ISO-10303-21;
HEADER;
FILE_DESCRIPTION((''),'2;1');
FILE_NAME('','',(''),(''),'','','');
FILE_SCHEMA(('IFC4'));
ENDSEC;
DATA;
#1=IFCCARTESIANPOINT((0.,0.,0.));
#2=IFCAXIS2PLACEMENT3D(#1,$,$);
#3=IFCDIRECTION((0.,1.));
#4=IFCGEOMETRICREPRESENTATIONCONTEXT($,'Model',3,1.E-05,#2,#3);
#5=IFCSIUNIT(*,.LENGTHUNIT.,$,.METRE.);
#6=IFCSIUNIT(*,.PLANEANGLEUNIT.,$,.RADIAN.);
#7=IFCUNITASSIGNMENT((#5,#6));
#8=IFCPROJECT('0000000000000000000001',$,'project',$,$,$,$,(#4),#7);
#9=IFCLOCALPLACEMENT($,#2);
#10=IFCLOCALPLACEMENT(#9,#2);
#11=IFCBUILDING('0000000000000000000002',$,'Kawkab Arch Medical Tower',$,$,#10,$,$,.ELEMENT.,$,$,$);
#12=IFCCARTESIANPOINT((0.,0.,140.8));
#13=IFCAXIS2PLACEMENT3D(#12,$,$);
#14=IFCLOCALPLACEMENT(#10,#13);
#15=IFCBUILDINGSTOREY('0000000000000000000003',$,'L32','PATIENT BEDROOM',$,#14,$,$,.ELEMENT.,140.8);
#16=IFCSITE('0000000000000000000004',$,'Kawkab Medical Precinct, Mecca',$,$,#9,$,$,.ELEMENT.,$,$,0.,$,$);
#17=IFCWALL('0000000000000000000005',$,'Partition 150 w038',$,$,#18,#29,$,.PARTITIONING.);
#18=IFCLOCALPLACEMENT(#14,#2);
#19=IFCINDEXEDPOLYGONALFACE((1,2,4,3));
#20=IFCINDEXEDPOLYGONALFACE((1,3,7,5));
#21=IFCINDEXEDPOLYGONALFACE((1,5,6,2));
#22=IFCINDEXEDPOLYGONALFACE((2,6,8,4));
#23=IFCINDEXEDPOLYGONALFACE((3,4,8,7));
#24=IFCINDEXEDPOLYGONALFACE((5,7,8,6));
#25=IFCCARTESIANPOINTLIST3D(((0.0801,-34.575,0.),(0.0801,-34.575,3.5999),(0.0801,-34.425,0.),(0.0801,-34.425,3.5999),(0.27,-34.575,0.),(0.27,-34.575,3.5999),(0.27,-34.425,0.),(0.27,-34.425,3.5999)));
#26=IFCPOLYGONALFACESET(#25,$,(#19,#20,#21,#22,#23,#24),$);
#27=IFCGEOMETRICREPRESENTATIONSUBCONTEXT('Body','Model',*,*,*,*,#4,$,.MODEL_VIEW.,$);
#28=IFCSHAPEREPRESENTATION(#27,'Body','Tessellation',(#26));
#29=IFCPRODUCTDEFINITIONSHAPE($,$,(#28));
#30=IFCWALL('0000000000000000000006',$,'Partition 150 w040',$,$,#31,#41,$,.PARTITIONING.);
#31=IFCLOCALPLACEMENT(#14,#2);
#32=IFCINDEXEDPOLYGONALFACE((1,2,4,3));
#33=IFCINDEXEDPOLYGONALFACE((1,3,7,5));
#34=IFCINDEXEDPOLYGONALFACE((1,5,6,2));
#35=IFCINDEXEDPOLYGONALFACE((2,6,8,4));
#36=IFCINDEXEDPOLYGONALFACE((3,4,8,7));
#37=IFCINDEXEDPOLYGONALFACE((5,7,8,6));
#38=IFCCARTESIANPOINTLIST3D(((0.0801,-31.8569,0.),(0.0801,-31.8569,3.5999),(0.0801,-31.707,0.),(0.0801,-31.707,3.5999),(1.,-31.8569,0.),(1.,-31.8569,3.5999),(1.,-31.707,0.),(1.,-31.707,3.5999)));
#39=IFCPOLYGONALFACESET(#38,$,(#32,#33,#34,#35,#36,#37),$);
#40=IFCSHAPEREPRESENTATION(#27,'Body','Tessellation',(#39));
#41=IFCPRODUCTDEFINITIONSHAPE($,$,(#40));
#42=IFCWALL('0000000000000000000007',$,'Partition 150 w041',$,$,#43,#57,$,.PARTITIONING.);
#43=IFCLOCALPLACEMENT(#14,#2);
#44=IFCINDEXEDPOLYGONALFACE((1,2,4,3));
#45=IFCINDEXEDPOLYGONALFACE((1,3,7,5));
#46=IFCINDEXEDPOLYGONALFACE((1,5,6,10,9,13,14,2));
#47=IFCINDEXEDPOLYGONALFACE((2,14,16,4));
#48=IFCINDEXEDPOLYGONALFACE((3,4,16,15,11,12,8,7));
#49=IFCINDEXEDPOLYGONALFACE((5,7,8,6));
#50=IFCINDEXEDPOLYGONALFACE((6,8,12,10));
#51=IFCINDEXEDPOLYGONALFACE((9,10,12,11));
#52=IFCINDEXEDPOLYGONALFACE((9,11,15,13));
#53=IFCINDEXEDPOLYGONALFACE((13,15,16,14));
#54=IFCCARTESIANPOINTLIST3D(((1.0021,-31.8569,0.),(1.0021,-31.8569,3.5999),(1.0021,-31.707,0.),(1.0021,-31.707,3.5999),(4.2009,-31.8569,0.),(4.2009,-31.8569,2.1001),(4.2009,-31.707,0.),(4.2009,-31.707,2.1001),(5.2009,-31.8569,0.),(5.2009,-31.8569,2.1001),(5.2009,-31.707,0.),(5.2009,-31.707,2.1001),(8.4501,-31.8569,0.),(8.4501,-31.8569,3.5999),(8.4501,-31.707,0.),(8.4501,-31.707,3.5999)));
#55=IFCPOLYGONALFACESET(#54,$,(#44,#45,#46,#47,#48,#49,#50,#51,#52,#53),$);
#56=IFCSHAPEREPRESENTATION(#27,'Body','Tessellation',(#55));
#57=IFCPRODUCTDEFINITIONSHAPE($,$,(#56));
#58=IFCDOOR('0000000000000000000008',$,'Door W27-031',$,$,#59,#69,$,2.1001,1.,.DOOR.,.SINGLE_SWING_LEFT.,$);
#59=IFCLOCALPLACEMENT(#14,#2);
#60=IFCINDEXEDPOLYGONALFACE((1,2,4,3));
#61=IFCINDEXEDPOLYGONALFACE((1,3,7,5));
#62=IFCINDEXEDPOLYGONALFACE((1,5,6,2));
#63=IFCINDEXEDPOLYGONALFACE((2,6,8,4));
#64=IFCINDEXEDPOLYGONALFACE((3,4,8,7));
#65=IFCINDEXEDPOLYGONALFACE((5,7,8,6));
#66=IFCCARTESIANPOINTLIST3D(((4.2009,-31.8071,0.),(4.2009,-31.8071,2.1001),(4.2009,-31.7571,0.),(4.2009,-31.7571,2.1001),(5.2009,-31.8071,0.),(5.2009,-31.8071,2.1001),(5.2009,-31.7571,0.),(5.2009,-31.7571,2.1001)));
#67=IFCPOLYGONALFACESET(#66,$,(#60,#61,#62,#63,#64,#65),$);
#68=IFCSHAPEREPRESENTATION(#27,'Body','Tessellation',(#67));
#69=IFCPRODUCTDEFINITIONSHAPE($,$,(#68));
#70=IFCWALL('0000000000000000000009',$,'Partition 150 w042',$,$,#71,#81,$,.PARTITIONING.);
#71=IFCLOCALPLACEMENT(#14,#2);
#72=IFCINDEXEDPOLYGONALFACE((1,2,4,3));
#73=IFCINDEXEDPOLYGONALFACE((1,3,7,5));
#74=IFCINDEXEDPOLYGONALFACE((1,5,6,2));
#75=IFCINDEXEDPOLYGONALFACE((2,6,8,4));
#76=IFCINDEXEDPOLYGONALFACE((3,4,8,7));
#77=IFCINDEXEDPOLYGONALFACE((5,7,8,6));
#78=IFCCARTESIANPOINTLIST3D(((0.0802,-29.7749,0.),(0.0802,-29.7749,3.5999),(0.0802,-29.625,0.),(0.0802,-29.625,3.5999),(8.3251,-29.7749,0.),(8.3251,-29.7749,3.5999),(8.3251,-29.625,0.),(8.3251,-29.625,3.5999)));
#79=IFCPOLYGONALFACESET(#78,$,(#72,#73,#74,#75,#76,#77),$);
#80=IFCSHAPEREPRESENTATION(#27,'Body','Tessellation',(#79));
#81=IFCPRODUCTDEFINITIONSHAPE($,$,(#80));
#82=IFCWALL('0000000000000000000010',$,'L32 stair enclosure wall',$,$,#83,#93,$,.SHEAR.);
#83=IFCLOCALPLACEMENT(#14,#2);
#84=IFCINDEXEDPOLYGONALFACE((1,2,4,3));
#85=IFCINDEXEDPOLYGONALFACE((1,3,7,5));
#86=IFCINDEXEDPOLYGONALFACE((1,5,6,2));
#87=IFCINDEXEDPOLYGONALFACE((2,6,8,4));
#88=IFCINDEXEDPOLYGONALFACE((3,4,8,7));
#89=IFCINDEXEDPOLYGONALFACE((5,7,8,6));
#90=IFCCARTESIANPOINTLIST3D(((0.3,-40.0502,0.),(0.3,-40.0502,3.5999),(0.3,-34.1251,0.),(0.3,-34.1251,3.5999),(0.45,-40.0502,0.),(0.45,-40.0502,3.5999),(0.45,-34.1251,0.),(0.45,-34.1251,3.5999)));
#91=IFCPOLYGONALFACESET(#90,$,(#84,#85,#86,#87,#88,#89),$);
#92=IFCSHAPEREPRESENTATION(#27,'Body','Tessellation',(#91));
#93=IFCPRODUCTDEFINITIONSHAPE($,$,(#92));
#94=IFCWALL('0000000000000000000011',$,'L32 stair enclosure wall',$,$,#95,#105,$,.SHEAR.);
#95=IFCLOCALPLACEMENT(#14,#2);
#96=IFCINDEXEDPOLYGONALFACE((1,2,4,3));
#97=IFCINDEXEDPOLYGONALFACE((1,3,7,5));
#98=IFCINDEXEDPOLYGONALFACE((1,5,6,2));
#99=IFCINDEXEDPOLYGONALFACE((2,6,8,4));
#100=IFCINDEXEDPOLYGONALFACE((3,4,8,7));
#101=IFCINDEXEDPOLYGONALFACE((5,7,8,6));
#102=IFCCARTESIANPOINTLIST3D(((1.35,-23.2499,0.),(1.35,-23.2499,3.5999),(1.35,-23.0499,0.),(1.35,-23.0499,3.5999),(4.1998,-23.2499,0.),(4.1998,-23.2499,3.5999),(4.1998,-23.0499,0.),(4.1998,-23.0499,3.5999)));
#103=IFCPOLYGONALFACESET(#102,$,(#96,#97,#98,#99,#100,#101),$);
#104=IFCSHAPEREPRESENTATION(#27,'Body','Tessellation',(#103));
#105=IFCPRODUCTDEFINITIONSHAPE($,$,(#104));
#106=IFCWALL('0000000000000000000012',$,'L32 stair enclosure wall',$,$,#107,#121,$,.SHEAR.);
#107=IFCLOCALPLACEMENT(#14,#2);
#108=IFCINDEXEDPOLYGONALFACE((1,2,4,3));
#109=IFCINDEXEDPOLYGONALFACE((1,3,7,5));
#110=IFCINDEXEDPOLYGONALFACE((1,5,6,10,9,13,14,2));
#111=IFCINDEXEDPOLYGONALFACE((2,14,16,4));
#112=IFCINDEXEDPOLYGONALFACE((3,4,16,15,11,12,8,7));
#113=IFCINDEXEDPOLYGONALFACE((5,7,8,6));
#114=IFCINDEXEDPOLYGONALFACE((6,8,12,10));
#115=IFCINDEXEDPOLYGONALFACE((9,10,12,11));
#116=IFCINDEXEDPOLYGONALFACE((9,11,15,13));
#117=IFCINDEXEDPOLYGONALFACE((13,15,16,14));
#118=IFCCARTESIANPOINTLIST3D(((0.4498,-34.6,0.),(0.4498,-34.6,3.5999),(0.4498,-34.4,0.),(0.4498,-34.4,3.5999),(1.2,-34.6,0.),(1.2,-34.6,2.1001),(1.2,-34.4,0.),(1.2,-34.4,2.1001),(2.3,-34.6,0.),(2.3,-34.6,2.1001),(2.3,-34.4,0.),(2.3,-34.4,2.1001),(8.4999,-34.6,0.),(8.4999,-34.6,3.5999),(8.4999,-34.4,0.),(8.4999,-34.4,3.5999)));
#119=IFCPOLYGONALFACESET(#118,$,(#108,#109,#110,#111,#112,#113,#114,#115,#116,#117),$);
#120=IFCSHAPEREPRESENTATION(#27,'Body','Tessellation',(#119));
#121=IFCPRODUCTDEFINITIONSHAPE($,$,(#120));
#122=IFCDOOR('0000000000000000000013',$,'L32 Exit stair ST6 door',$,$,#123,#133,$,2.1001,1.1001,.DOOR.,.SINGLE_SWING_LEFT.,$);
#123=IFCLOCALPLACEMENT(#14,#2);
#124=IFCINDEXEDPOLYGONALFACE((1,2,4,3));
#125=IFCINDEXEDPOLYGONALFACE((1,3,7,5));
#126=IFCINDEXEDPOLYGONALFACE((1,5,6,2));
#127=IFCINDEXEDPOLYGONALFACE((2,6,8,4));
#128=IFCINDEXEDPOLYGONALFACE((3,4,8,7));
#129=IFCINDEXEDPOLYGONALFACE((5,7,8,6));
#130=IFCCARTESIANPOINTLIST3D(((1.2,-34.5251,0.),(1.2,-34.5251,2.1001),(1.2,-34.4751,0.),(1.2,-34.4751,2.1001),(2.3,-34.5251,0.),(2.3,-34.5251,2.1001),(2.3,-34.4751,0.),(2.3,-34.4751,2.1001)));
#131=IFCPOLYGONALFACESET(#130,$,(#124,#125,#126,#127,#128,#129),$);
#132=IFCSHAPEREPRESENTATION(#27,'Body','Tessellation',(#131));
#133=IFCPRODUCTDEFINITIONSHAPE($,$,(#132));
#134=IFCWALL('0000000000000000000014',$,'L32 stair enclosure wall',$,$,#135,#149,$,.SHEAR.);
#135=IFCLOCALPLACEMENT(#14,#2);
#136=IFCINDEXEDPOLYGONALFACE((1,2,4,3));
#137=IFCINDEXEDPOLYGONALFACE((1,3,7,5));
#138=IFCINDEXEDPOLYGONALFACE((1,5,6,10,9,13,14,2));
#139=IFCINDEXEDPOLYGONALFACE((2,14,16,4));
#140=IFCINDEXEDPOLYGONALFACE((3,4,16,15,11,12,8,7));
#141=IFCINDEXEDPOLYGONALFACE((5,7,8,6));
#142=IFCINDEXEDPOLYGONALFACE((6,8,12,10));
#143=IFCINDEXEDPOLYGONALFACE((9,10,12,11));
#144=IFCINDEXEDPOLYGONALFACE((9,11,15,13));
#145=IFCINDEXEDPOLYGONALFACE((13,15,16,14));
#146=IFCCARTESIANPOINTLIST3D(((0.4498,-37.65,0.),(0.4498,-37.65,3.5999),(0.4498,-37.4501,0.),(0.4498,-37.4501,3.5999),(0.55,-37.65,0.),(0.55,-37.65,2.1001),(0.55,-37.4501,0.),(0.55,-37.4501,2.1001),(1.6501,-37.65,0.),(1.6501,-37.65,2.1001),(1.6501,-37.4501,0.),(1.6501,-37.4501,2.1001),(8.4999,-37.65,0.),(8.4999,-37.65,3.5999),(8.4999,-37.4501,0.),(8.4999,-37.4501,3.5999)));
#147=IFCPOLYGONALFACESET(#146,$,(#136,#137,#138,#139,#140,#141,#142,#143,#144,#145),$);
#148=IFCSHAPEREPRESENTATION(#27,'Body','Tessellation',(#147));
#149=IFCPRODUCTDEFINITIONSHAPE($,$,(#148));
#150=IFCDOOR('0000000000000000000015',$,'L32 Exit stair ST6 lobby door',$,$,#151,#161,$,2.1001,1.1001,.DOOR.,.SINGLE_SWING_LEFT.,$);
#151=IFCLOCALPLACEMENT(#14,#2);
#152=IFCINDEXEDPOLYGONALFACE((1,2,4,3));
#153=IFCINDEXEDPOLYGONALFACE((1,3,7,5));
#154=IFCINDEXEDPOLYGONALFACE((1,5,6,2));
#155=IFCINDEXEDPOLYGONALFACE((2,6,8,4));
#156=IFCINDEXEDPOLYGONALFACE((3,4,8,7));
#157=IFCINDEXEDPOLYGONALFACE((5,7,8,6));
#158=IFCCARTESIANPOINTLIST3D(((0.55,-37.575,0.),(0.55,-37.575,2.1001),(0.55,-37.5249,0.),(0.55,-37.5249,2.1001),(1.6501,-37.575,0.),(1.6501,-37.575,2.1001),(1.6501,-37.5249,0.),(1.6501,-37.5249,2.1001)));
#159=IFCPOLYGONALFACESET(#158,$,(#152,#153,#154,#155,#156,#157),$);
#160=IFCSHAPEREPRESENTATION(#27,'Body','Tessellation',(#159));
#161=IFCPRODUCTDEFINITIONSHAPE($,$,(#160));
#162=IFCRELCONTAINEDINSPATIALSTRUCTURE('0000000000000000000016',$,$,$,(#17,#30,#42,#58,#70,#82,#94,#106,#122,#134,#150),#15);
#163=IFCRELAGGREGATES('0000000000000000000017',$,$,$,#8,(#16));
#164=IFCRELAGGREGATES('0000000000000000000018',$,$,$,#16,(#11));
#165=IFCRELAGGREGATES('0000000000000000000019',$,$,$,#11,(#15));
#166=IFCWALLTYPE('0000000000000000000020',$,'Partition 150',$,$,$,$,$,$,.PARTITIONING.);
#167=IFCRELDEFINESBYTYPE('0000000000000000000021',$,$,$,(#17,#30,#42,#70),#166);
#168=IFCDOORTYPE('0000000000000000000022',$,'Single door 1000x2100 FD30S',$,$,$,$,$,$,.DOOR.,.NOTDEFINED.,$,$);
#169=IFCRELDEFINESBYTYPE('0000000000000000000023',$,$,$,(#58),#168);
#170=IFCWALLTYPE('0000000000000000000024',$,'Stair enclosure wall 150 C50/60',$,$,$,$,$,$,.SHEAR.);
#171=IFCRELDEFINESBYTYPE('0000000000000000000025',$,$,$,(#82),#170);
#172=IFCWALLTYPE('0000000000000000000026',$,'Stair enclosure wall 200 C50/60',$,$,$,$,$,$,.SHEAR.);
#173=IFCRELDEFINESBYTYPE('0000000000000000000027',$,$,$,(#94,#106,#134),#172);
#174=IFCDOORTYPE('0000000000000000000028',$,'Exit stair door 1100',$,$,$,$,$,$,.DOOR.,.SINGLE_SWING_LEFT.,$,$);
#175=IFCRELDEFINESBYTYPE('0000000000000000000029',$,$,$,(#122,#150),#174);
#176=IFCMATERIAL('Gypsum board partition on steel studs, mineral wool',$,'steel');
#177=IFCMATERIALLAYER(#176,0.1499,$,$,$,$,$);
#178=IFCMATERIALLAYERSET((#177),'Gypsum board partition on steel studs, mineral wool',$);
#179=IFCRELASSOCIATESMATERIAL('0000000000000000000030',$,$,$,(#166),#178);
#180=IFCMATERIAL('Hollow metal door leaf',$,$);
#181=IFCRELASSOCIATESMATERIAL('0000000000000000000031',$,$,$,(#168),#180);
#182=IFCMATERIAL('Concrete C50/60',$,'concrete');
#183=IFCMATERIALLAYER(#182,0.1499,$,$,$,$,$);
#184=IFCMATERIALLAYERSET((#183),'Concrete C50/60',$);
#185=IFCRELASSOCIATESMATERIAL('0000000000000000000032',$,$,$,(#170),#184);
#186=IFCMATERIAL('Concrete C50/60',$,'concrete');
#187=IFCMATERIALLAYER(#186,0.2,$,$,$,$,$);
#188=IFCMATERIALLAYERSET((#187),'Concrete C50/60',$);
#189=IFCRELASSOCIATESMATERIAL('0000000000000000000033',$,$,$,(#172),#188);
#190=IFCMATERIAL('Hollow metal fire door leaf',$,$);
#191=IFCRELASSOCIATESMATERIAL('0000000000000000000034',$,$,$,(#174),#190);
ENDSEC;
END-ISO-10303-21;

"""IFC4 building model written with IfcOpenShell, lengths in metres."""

from ifc_helpers import new_model, si_unit, direction, frame, frame_2d, origin, place, context, subcontext, project, spatial, rectangle, extrude, material, layer, layer_set, type_object, element, fill, save


model = new_model("IFC4")

# Units and contexts
model_context = context("Model", 3, precision=1e-05, world=origin(), true_north=direction((0.0, 1.0)))
body_context = subcontext(model_context, "Body", "Model", "MODEL_VIEW")
ifc_project = project(units=[si_unit("LENGTHUNIT", "METRE"), si_unit("PLANEANGLEUNIT", "RADIAN")], contexts=[model_context])

# Site, building, storey
site_placement = place(None, origin())
site = spatial("IfcSite", under=ifc_project, at=site_placement, Name="Kawkab Medical Precinct, Mecca", CompositionType="ELEMENT", RefElevation=0.0)
building_placement = place(site_placement, origin())
building = spatial("IfcBuilding", under=site, at=building_placement, Name="Kawkab Arch Medical Tower", CompositionType="ELEMENT")
storey_placement = place(building_placement, frame((0.0, 0.0, 140.8)))
storey = spatial("IfcBuildingStorey", under=building, at=storey_placement, Name="L32", Description="PATIENT BEDROOM", CompositionType="ELEMENT", Elevation=140.8)

# Walls
ifc_material_1 = material(Name="Gypsum board partition on steel studs, mineral wool", Category="steel")
ifc_layer_1 = layer(ifc_material_1, 0.1499)
ifc_layer_set_1 = layer_set([ifc_layer_1], Name="Gypsum board partition on steel studs, mineral wool")
wall_type_1 = type_object("IfcWallType", Name="Partition 150", PredefinedType="PARTITIONING", material=ifc_layer_set_1)
wall_1_placement = place(storey_placement, frame((0.0801, -34.5, 0.0), z_axis=(0.0, 0.0, 1.0), x_axis=(1.0, 0.0, 0.0)))
element("IfcWall", 1, at=wall_1_placement, inside=storey, type_object=wall_type_1, Name="Partition 150 w038", PredefinedType="PARTITIONING", context=body_context, shape_type="SweptSolid", body=[
    extrude(rectangle(XDim=0.1899, YDim=0.1499, at=frame_2d((0.095, 0.0))), origin(), (0.0, 0.0, 1.0), 3.5999),
])
wall_2_placement = place(storey_placement, frame((0.0801, -31.782, 0.0), z_axis=(0.0, 0.0, 1.0), x_axis=(1.0, 0.0, 0.0)))
element("IfcWall", 2, at=wall_2_placement, inside=storey, type_object=wall_type_1, Name="Partition 150 w040", PredefinedType="PARTITIONING", context=body_context, shape_type="SweptSolid", body=[
    extrude(rectangle(XDim=0.9199, YDim=0.1499, at=frame_2d((0.46, 0.0))), origin(), (0.0, 0.0, 1.0), 3.5999),
])

# Wall, opening, door
wall_3_placement = place(storey_placement, frame((1.002, -31.782, 0.0), z_axis=(0.0, 0.0, 1.0), x_axis=(1.0, 0.0, 0.0)))
wall_3 = element("IfcWall", 3, at=wall_3_placement, inside=storey, type_object=wall_type_1, Name="Partition 150 w041", PredefinedType="PARTITIONING", context=body_context, shape_type="SweptSolid", body=[
    extrude(rectangle(XDim=7.448, YDim=0.1499, at=frame_2d((3.7241, 0.0))), origin(), (0.0, 0.0, 1.0), 3.5999),
])
opening_1_placement = place(wall_3_placement, frame((3.199, 0.0, 0.0)))
opening_1 = element("IfcOpeningElement", 4, at=opening_1_placement, cuts=wall_3, PredefinedType="OPENING", context=body_context, shape_type="SweptSolid", body=[
    extrude(rectangle(XDim=1.0, YDim=2.1001, at=frame_2d((0.5, 1.05))), frame((0.0, 0.085, 0.0), z_axis=(0.0, -1.0, 0.0), x_axis=(1.0, 0.0, 0.0)), (0.0, 0.0, 1.0), 0.1699),
])
ifc_material_2 = material(Name="Hollow metal door leaf")
door_type_1 = type_object("IfcDoorType", Name="Single door 1000x2100 FD30S", OperationType="NOTDEFINED", PredefinedType="DOOR", material=ifc_material_2)
door_1_placement = place(opening_1_placement, origin())
door_1 = element("IfcDoor", 5, at=door_1_placement, inside=storey, type_object=door_type_1, Name="Door W27-031", OperationType="SINGLE_SWING_LEFT", OverallHeight=2.1001, OverallWidth=1.0, PredefinedType="DOOR", context=body_context, shape_type="SweptSolid", body=[
    extrude(rectangle(XDim=1.0, YDim=2.1001, at=frame_2d((0.5, 1.05))), frame((0.0, 0.0249, 0.0), z_axis=(0.0, -1.0, 0.0), x_axis=(1.0, 0.0, 0.0)), (0.0, 0.0, 1.0), 0.05),
])
fill(opening_1, door_1)

# Walls
wall_4_placement = place(storey_placement, frame((0.0801, -29.7, 0.0), z_axis=(0.0, 0.0, 1.0), x_axis=(1.0, 0.0, 0.0)))
element("IfcWall", 6, at=wall_4_placement, inside=storey, type_object=wall_type_1, Name="Partition 150 w042", PredefinedType="PARTITIONING", context=body_context, shape_type="SweptSolid", body=[
    extrude(rectangle(XDim=8.2449, YDim=0.1499, at=frame_2d((4.1226, 0.0))), origin(), (0.0, 0.0, 1.0), 3.5999),
])
ifc_material_3 = material(Name="Concrete C50/60", Category="concrete")
ifc_layer_2 = layer(ifc_material_3, 0.1499)
ifc_layer_set_2 = layer_set([ifc_layer_2], Name="Concrete C50/60")
wall_type_2 = type_object("IfcWallType", Name="Stair enclosure wall 150 C50/60", PredefinedType="SHEAR", material=ifc_layer_set_2)
wall_5_placement = place(storey_placement, frame((0.375, -40.05, 0.0), z_axis=(0.0, 0.0, 1.0), x_axis=(0.0, 1.0, 0.0)))
element("IfcWall", 7, at=wall_5_placement, inside=storey, type_object=wall_type_2, Name="L32 stair enclosure wall", PredefinedType="SHEAR", context=body_context, shape_type="SweptSolid", body=[
    extrude(rectangle(XDim=5.925, YDim=0.1499, at=frame_2d((2.9624, 0.0))), origin(), (0.0, 0.0, 1.0), 3.5999),
])
ifc_material_4 = material(Name="Concrete C50/60", Category="concrete")
ifc_layer_3 = layer(ifc_material_4, 0.2)
ifc_layer_set_3 = layer_set([ifc_layer_3], Name="Concrete C50/60")
wall_type_3 = type_object("IfcWallType", Name="Stair enclosure wall 200 C50/60", PredefinedType="SHEAR", material=ifc_layer_set_3)
wall_6_placement = place(storey_placement, frame((1.3501, -23.1499, 0.0), z_axis=(0.0, 0.0, 1.0), x_axis=(1.0, 0.0, 0.0)))
element("IfcWall", 8, at=wall_6_placement, inside=storey, type_object=wall_type_3, Name="L32 stair enclosure wall", PredefinedType="SHEAR", context=body_context, shape_type="SweptSolid", body=[
    extrude(rectangle(XDim=2.8499, YDim=0.2, at=frame_2d((1.4248, 0.0))), origin(), (0.0, 0.0, 1.0), 3.5999),
])

# Walls, openings, doors
wall_7_placement = place(storey_placement, frame((0.45, -34.5, 0.0), z_axis=(0.0, 0.0, 1.0), x_axis=(1.0, 0.0, 0.0)))
wall_7 = element("IfcWall", 9, at=wall_7_placement, inside=storey, type_object=wall_type_3, Name="L32 stair enclosure wall", PredefinedType="SHEAR", context=body_context, shape_type="SweptSolid", body=[
    extrude(rectangle(XDim=8.05, YDim=0.2, at=frame_2d((4.0249, 0.0))), origin(), (0.0, 0.0, 1.0), 3.5999),
])
opening_2_placement = place(wall_7_placement, frame((0.75, 0.0, 0.0)))
opening_2 = element("IfcOpeningElement", 10, at=opening_2_placement, cuts=wall_7, PredefinedType="OPENING", context=body_context, shape_type="SweptSolid", body=[
    extrude(rectangle(XDim=1.1001, YDim=2.1001, at=frame_2d((0.55, 1.05))), frame((0.0, 0.1099, 0.0), z_axis=(0.0, -1.0, 0.0), x_axis=(1.0, 0.0, 0.0)), (0.0, 0.0, 1.0), 0.22),
])
ifc_material_5 = material(Name="Hollow metal fire door leaf")
door_type_2 = type_object("IfcDoorType", Name="Exit stair door 1100", OperationType="SINGLE_SWING_LEFT", PredefinedType="DOOR", material=ifc_material_5)
door_2_placement = place(opening_2_placement, origin())
door_2 = element("IfcDoor", 11, at=door_2_placement, inside=storey, type_object=door_type_2, Name="L32 Exit stair ST6 door", OperationType="SINGLE_SWING_LEFT", OverallHeight=2.1001, OverallWidth=1.1001, PredefinedType="DOOR", context=body_context, shape_type="SweptSolid", body=[
    extrude(rectangle(XDim=1.1001, YDim=2.1001, at=frame_2d((0.55, 1.05))), frame((0.0, 0.0249, 0.0), z_axis=(0.0, -1.0, 0.0), x_axis=(1.0, 0.0, 0.0)), (0.0, 0.0, 1.0), 0.05),
])
fill(opening_2, door_2)
wall_8_placement = place(storey_placement, frame((0.45, -37.55, 0.0), z_axis=(0.0, 0.0, 1.0), x_axis=(1.0, 0.0, 0.0)))
wall_8 = element("IfcWall", 12, at=wall_8_placement, inside=storey, type_object=wall_type_3, Name="L32 stair enclosure wall", PredefinedType="SHEAR", context=body_context, shape_type="SweptSolid", body=[
    extrude(rectangle(XDim=8.05, YDim=0.2, at=frame_2d((4.0249, 0.0))), origin(), (0.0, 0.0, 1.0), 3.5999),
])
opening_3_placement = place(wall_8_placement, frame((0.1001, 0.0, 0.0)))
opening_3 = element("IfcOpeningElement", 13, at=opening_3_placement, cuts=wall_8, PredefinedType="OPENING", context=body_context, shape_type="SweptSolid", body=[
    extrude(rectangle(XDim=1.1001, YDim=2.1001, at=frame_2d((0.55, 1.05))), frame((0.0, 0.1099, 0.0), z_axis=(0.0, -1.0, 0.0), x_axis=(1.0, 0.0, 0.0)), (0.0, 0.0, 1.0), 0.22),
])
door_3_placement = place(opening_3_placement, frame((1.1001, 0.0, 0.0), z_axis=(0.0, 0.0, 1.0), x_axis=(-1.0, 0.0, 0.0)))
door_3 = element("IfcDoor", 14, at=door_3_placement, inside=storey, type_object=door_type_2, Name="L32 Exit stair ST6 lobby door", OperationType="SINGLE_SWING_LEFT", OverallHeight=2.1001, OverallWidth=1.1001, PredefinedType="DOOR", context=body_context, shape_type="SweptSolid", body=[
    extrude(rectangle(XDim=1.1001, YDim=2.1001, at=frame_2d((0.55, 1.05))), frame((0.0, 0.0249, 0.0), z_axis=(0.0, -1.0, 0.0), x_axis=(1.0, 0.0, 0.0)), (0.0, 0.0, 1.0), 0.05),
])
fill(opening_3, door_3)

save(model, "model.ifc")
